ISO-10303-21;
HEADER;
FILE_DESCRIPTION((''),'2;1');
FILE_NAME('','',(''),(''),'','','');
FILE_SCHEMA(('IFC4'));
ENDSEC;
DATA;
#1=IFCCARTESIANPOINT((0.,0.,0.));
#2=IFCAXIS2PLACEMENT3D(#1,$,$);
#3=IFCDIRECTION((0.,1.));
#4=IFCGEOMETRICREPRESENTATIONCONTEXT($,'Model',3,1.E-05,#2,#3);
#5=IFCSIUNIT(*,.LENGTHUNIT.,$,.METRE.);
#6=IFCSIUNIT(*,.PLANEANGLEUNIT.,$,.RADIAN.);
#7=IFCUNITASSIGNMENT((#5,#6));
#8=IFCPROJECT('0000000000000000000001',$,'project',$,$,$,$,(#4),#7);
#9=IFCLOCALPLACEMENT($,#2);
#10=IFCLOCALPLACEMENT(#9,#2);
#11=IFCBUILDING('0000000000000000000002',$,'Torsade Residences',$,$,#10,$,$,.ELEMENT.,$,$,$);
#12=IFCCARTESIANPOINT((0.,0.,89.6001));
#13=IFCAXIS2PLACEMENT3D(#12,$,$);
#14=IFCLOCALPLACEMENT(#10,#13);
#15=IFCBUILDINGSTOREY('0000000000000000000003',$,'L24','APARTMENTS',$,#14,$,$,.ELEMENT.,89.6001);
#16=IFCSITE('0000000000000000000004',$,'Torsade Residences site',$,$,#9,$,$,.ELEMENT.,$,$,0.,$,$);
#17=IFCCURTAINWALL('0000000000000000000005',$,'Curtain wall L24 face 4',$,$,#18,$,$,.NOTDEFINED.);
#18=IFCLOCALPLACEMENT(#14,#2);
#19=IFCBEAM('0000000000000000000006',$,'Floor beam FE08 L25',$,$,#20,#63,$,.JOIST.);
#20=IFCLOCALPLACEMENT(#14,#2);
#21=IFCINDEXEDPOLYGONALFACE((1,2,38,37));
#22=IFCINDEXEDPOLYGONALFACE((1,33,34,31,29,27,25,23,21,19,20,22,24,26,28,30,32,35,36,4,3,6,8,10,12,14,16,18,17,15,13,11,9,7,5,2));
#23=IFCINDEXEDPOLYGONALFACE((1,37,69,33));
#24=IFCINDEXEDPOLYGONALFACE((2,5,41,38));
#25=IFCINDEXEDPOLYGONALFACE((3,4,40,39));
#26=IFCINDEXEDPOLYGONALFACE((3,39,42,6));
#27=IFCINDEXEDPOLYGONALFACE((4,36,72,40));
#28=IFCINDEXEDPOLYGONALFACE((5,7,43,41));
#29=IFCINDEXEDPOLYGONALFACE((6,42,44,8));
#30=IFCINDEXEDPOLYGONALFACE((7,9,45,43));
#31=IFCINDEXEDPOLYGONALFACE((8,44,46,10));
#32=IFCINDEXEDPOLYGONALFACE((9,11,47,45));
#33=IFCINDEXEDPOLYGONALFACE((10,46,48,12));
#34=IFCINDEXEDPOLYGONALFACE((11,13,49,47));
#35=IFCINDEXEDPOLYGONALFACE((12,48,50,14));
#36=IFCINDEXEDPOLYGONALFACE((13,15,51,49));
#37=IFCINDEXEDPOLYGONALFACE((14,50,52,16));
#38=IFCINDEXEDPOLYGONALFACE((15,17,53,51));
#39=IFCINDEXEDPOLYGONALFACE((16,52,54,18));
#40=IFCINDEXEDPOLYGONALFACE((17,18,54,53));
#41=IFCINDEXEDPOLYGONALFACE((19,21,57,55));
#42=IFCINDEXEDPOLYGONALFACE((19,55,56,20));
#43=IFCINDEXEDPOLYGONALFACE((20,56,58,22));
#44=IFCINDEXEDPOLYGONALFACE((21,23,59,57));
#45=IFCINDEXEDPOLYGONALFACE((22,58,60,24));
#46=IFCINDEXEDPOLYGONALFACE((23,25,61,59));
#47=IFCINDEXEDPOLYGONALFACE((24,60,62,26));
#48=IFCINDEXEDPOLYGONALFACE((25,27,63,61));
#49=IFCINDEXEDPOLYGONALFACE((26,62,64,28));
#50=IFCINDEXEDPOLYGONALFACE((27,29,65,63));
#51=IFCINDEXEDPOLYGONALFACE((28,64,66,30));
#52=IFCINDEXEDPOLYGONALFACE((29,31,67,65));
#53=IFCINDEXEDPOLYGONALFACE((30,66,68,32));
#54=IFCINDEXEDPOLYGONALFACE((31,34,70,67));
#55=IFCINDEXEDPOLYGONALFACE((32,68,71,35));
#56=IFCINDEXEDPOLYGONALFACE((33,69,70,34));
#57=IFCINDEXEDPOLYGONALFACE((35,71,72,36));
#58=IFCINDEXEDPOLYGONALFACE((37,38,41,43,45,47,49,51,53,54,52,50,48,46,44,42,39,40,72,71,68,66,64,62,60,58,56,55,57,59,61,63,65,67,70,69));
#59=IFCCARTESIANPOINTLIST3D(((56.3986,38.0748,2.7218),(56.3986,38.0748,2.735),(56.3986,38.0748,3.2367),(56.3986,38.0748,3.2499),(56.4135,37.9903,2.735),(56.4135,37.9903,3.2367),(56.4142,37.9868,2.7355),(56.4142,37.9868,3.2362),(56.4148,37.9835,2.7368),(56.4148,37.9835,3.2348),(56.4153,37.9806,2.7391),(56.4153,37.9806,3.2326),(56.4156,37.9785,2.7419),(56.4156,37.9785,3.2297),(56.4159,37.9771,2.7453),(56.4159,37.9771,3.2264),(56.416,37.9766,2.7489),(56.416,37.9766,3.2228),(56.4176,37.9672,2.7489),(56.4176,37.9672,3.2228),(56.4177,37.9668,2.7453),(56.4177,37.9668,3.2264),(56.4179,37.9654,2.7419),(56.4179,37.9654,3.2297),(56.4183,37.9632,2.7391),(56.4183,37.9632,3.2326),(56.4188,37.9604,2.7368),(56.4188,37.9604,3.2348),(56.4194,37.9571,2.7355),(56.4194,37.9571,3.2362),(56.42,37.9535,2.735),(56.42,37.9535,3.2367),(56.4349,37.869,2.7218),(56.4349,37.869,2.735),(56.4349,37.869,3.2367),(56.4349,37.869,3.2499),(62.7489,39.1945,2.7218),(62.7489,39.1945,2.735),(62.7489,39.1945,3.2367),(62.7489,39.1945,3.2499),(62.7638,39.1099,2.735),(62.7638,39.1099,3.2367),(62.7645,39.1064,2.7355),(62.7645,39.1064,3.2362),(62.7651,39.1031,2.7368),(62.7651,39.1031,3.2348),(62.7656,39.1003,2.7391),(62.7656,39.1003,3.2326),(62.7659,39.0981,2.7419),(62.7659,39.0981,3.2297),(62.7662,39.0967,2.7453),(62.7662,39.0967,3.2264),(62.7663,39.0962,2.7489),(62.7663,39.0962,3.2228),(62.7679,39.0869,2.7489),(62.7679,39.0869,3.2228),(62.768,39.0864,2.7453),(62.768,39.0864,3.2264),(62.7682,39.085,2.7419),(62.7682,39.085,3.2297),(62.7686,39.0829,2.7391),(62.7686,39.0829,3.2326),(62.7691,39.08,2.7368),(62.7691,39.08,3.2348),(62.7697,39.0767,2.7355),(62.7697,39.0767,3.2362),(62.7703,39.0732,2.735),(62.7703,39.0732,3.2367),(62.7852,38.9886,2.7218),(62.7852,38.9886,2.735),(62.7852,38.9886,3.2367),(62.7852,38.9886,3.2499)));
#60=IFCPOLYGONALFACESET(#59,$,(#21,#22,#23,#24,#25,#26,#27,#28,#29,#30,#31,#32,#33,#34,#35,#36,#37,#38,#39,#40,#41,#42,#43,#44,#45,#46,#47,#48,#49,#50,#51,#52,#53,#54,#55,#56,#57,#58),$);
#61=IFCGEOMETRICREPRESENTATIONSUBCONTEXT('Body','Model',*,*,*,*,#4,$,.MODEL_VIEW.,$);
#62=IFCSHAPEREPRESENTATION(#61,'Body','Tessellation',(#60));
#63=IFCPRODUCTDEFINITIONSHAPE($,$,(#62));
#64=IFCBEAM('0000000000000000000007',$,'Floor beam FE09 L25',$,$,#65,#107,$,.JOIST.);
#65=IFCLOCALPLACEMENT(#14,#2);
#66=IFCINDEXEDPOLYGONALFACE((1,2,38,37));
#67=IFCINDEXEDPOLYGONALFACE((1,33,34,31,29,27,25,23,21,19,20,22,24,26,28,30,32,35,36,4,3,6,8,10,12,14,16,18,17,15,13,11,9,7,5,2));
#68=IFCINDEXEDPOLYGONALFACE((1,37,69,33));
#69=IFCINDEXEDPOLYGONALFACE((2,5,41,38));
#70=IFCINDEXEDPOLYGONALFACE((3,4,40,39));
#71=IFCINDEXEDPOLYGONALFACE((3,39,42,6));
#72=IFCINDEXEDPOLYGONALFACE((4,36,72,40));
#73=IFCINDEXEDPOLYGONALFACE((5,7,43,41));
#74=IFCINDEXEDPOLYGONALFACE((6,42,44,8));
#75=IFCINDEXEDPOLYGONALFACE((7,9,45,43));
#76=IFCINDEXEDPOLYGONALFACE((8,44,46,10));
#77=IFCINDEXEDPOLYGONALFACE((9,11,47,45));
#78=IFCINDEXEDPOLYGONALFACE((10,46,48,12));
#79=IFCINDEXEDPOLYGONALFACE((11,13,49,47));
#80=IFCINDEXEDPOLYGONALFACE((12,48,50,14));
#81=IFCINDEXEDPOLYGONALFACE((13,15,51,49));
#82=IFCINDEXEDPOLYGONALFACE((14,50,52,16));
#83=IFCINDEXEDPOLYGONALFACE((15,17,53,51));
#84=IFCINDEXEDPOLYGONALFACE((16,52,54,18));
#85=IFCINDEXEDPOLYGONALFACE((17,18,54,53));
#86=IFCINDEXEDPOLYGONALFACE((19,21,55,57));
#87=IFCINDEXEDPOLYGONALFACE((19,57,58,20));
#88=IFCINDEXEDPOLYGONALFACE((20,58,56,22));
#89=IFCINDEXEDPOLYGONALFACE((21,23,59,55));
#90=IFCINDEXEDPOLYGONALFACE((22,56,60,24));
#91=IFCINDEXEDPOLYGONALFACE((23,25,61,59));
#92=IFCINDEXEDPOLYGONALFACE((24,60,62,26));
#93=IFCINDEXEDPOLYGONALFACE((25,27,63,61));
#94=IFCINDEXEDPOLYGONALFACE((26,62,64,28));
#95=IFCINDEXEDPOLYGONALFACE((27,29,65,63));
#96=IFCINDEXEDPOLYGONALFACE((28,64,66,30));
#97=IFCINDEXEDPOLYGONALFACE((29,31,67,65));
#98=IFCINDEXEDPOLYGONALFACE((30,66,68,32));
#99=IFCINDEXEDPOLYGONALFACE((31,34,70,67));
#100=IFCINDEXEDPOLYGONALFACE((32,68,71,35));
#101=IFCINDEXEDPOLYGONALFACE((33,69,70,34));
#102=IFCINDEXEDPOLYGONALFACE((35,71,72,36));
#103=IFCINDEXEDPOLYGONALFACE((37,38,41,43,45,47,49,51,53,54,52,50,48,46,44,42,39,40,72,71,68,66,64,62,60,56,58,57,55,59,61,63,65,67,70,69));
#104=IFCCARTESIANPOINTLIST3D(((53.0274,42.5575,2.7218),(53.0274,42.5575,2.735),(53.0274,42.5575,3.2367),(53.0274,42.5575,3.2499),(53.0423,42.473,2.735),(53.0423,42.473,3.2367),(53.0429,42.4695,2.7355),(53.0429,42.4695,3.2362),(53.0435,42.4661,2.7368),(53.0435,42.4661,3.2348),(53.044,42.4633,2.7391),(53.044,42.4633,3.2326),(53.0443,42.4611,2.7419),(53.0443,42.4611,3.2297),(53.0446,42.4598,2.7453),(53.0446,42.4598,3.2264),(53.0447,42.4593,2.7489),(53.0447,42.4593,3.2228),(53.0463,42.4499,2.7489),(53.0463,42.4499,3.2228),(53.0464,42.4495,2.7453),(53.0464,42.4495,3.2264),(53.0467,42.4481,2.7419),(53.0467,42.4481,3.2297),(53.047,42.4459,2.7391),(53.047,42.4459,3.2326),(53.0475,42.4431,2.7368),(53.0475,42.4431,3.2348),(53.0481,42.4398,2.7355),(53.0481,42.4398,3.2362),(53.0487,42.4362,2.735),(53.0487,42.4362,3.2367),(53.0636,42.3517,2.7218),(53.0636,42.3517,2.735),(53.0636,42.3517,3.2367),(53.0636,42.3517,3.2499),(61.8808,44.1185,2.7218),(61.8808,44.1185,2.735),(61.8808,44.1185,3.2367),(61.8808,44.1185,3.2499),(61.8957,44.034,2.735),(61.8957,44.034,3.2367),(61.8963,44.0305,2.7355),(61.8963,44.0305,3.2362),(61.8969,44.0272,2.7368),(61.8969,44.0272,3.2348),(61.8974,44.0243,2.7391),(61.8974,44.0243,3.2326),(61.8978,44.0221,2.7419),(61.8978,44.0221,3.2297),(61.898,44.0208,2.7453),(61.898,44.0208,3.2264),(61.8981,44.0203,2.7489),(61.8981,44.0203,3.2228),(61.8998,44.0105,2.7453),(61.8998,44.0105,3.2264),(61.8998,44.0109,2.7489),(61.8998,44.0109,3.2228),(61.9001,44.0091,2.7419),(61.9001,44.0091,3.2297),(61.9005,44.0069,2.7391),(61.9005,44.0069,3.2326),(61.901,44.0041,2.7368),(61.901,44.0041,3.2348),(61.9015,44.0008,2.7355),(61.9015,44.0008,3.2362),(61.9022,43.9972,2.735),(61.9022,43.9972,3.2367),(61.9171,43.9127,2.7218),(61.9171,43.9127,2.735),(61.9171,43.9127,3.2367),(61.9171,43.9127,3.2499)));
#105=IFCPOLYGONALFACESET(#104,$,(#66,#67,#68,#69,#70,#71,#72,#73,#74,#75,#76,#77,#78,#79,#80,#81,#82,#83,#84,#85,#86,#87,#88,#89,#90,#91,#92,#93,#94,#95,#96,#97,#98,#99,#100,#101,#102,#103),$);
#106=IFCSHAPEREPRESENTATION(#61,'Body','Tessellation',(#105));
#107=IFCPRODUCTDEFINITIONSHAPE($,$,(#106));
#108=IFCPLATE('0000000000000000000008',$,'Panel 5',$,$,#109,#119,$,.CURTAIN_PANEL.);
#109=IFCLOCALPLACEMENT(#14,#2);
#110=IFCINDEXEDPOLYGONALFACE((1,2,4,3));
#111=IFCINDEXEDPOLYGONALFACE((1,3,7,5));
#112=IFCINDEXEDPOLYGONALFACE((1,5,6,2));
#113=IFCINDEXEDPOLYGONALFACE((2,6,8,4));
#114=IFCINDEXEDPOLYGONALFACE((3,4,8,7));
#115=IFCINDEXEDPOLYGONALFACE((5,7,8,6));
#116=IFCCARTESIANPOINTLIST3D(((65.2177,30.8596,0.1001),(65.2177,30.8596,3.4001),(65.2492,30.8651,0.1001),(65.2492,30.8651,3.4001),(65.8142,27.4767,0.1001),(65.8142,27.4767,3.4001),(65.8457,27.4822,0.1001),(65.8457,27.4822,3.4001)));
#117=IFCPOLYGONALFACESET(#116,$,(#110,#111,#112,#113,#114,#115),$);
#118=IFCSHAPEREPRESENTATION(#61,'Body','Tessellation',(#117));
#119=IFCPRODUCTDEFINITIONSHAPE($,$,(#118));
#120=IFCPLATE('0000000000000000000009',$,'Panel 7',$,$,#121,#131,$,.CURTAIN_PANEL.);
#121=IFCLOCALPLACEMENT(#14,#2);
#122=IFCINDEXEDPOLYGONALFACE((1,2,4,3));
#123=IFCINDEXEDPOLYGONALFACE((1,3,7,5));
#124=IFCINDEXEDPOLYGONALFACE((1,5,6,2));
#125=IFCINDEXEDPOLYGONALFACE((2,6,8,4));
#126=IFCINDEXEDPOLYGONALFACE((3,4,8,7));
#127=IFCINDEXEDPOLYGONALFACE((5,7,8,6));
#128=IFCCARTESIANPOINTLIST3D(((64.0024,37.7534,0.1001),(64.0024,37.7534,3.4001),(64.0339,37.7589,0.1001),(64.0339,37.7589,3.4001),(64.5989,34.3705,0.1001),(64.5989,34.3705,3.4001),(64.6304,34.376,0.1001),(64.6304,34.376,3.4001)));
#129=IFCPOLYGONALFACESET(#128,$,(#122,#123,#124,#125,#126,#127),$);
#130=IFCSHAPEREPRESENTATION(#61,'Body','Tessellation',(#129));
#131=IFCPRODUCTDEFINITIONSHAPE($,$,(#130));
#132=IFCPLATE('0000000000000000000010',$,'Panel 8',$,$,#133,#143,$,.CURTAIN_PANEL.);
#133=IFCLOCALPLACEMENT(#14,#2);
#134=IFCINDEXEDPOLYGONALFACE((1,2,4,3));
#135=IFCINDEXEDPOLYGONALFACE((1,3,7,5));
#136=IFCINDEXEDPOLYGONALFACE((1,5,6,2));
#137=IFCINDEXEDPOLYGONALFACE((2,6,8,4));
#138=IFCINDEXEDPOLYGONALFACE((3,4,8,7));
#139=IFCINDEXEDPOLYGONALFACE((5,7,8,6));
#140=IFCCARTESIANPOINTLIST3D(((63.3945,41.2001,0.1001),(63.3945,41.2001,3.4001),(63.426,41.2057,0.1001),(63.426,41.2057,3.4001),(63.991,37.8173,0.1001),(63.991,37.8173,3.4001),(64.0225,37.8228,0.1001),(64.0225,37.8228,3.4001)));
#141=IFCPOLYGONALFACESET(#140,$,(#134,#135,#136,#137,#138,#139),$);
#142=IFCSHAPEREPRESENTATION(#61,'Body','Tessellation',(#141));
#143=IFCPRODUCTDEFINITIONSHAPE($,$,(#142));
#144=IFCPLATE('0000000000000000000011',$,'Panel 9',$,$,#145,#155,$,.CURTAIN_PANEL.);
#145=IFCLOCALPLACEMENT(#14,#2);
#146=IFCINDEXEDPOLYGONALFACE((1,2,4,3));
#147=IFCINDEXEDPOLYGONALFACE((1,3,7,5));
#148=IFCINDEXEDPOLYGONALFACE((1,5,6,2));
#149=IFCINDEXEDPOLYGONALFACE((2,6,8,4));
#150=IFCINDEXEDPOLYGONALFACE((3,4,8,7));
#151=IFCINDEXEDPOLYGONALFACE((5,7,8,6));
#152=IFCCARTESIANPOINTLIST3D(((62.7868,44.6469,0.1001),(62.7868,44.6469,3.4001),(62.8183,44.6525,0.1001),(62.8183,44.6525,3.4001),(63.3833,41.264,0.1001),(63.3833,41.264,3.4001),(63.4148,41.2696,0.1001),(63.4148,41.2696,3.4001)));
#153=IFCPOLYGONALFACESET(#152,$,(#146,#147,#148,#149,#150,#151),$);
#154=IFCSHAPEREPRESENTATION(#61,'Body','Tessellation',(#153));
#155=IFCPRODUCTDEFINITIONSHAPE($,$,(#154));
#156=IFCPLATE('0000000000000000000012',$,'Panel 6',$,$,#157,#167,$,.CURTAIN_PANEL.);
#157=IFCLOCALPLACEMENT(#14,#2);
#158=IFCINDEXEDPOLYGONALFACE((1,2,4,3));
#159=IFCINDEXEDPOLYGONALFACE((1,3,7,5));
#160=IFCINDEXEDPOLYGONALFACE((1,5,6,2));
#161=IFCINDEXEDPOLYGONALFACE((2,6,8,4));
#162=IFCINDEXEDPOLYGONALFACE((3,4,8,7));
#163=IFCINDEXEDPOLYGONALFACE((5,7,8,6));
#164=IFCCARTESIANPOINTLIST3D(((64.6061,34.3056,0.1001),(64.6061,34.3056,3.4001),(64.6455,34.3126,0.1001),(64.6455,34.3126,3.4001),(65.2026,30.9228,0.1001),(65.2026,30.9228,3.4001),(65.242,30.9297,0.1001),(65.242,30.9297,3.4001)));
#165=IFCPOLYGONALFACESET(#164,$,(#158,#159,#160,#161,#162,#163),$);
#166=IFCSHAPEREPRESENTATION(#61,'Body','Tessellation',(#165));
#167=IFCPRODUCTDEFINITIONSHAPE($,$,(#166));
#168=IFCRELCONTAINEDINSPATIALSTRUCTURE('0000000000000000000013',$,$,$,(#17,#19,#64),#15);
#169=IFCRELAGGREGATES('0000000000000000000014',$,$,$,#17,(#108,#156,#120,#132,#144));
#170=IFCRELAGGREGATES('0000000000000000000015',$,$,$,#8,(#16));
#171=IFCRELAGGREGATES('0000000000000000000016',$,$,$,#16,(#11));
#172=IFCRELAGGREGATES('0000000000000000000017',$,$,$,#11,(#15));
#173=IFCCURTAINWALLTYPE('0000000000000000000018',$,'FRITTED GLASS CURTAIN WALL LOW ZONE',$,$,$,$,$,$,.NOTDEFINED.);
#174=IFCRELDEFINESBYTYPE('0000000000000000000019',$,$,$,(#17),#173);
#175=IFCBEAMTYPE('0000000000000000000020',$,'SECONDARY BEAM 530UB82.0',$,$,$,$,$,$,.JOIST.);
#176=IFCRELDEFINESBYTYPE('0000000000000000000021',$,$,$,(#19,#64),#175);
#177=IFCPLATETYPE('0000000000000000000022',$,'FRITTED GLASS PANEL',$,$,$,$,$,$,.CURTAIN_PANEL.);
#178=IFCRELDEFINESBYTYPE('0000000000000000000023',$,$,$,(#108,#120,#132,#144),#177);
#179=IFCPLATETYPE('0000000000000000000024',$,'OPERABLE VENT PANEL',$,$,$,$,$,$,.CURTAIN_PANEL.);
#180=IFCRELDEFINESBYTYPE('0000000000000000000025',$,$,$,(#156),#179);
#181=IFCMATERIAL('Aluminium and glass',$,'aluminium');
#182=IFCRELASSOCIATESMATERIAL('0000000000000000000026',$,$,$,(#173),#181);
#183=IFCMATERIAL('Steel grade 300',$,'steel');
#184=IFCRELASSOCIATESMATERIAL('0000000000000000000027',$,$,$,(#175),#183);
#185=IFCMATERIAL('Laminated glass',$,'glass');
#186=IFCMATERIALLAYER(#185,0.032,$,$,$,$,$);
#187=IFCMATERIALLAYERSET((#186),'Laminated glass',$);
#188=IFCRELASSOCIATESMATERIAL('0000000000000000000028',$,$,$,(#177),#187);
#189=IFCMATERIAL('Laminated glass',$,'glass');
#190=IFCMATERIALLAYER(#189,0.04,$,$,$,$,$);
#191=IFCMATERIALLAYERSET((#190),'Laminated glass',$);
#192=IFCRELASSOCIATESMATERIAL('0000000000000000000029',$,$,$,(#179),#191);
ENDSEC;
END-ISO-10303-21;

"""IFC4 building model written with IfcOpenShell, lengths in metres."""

from ifc_helpers import new_model, si_unit, direction, frame, origin, origin_2d, place, context, subcontext, project, spatial, rectangle, i_section, extrude, material, layer, layer_set, material_profile, profile_set, type_object, element, aggregate, save


model = new_model("IFC4")

# Units and contexts
model_context = context("Model", 3, precision=1e-05, world=origin(), true_north=direction((0.0, 1.0)))
body_context = subcontext(model_context, "Body", "Model", "MODEL_VIEW")
ifc_project = project(units=[si_unit("LENGTHUNIT", "METRE"), si_unit("PLANEANGLEUNIT", "RADIAN")], contexts=[model_context])

# Site, building, storey
site_placement = place(None, origin())
site = spatial("IfcSite", under=ifc_project, at=site_placement, Name="Torsade Residences site", CompositionType="ELEMENT", RefElevation=0.0)
building_placement = place(site_placement, origin())
building = spatial("IfcBuilding", under=site, at=building_placement, Name="Torsade Residences", CompositionType="ELEMENT")
storey_placement = place(building_placement, frame((0.0, 0.0, 89.6001)))
storey = spatial("IfcBuildingStorey", under=building, at=storey_placement, Name="L24", Description="APARTMENTS", CompositionType="ELEMENT", Elevation=89.6001)

# Curtain wall
ifc_material_1 = material(Name="Aluminium and glass", Category="aluminium")
curtain_wall_type = type_object("IfcCurtainWallType", Name="FRITTED GLASS CURTAIN WALL LOW ZONE", PredefinedType="NOTDEFINED", material=ifc_material_1)
curtain_wall_placement = place(storey_placement, origin())
curtain_wall = element("IfcCurtainWall", 1, at=curtain_wall_placement, inside=storey, type_object=curtain_wall_type, Name="Curtain wall L24 face 4", PredefinedType="NOTDEFINED")

# Beams
ifc_material_2 = material(Name="Steel grade 300", Category="steel")
ifc_material_profile_1 = material_profile(ifc_material_2, i_section(OverallWidth=0.209, OverallDepth=0.5281, WebThickness=0.0095, FlangeThickness=0.0132, FilletRadius=0.0139, at=origin_2d()), Name="530UB82.0")
ifc_profile_set_1 = profile_set([ifc_material_profile_1], Name="Steel grade 300")
beam_type_1 = type_object("IfcBeamType", Name="SECONDARY BEAM 530UB82.0", PredefinedType="JOIST", material=ifc_profile_set_1)
beam_1_placement = place(storey_placement, frame((62.7671, 39.0916, 2.9858), z_axis=(-0.984811, -0.173632, 0.0), x_axis=(0.173632, -0.984811, 0.0)))
element("IfcBeam", 2, at=beam_1_placement, inside=storey, type_object=beam_type_1, Name="Floor beam FE08 L25", PredefinedType="JOIST", context=body_context, shape_type="SweptSolid", body=[
    extrude(i_section(OverallWidth=0.209, OverallDepth=0.5281, WebThickness=0.0095, FlangeThickness=0.0132, FilletRadius=0.0139, at=origin_2d()), origin(), (0.0, 0.0, 1.0), 6.4482),
])
beam_2_placement = place(storey_placement, frame((61.8989, 44.0156, 2.9858), z_axis=(-0.984809, -0.17364, 0.0), x_axis=(0.17364, -0.984809, 0.0)))
element("IfcBeam", 3, at=beam_2_placement, inside=storey, type_object=beam_type_1, Name="Floor beam FE09 L25", PredefinedType="JOIST", context=body_context, shape_type="SweptSolid", body=[
    extrude(i_section(OverallWidth=0.209, OverallDepth=0.5281, WebThickness=0.0095, FlangeThickness=0.0132, FilletRadius=0.0139, at=origin_2d()), origin(), (0.0, 0.0, 1.0), 8.99),
])

# Plates
ifc_material_3 = material(Name="Laminated glass", Category="glass")
ifc_layer_1 = layer(ifc_material_3, 0.032)
ifc_layer_set_1 = layer_set([ifc_layer_1], Name="Laminated glass")
plate_type_1 = type_object("IfcPlateType", Name="FRITTED GLASS PANEL", PredefinedType="CURTAIN_PANEL", material=ifc_layer_set_1)
plate_1_placement = place(storey_placement, frame((65.5317, 29.1709, 0.1001), z_axis=(0.0, 0.0, 1.0), x_axis=(-0.173648, 0.984808, 0.0)))
plate_1 = element("IfcPlate", 4, at=plate_1_placement, type_object=plate_type_1, Name="Panel 5", PredefinedType="CURTAIN_PANEL", context=body_context, shape_type="SweptSolid", body=[
    extrude(rectangle(XDim=3.4351, YDim=0.032, at=origin_2d()), origin(), (0.0, 0.0, 1.0), 3.3),
])
plate_2_placement = place(storey_placement, frame((64.3164, 36.0647, 0.1001), z_axis=(0.0, 0.0, 1.0), x_axis=(-0.173648, 0.984808, 0.0)))
plate_2 = element("IfcPlate", 5, at=plate_2_placement, type_object=plate_type_1, Name="Panel 7", PredefinedType="CURTAIN_PANEL", context=body_context, shape_type="SweptSolid", body=[
    extrude(rectangle(XDim=3.4351, YDim=0.032, at=origin_2d()), origin(), (0.0, 0.0, 1.0), 3.3),
])
plate_3_placement = place(storey_placement, frame((63.7085, 39.5115, 0.1001), z_axis=(0.0, 0.0, 1.0), x_axis=(-0.173648, 0.984808, 0.0)))
plate_3 = element("IfcPlate", 6, at=plate_3_placement, type_object=plate_type_1, Name="Panel 8", PredefinedType="CURTAIN_PANEL", context=body_context, shape_type="SweptSolid", body=[
    extrude(rectangle(XDim=3.4351, YDim=0.032, at=origin_2d()), origin(), (0.0, 0.0, 1.0), 3.3),
])
plate_4_placement = place(storey_placement, frame((63.1008, 42.9583, 0.1001), z_axis=(0.0, 0.0, 1.0), x_axis=(-0.173648, 0.984808, 0.0)))
plate_4 = element("IfcPlate", 7, at=plate_4_placement, type_object=plate_type_1, Name="Panel 9", PredefinedType="CURTAIN_PANEL", context=body_context, shape_type="SweptSolid", body=[
    extrude(rectangle(XDim=3.4351, YDim=0.032, at=origin_2d()), origin(), (0.0, 0.0, 1.0), 3.3),
])
ifc_material_4 = material(Name="Laminated glass", Category="glass")
ifc_layer_2 = layer(ifc_material_4, 0.04)
ifc_layer_set_2 = layer_set([ifc_layer_2], Name="Laminated glass")
plate_type_2 = type_object("IfcPlateType", Name="OPERABLE VENT PANEL", PredefinedType="CURTAIN_PANEL", material=ifc_layer_set_2)
plate_5_placement = place(storey_placement, frame((64.9241, 32.6177, 0.1001), z_axis=(0.0, 0.0, 1.0), x_axis=(-0.173648, 0.984808, 0.0)))
plate_5 = element("IfcPlate", 8, at=plate_5_placement, type_object=plate_type_2, Name="Panel 6", PredefinedType="CURTAIN_PANEL", context=body_context, shape_type="SweptSolid", body=[
    extrude(rectangle(XDim=3.4351, YDim=0.04, at=origin_2d()), origin(), (0.0, 0.0, 1.0), 3.3),
])
aggregate(curtain_wall, [plate_1, plate_5, plate_2, plate_3, plate_4])

save(model, "model.ifc")
